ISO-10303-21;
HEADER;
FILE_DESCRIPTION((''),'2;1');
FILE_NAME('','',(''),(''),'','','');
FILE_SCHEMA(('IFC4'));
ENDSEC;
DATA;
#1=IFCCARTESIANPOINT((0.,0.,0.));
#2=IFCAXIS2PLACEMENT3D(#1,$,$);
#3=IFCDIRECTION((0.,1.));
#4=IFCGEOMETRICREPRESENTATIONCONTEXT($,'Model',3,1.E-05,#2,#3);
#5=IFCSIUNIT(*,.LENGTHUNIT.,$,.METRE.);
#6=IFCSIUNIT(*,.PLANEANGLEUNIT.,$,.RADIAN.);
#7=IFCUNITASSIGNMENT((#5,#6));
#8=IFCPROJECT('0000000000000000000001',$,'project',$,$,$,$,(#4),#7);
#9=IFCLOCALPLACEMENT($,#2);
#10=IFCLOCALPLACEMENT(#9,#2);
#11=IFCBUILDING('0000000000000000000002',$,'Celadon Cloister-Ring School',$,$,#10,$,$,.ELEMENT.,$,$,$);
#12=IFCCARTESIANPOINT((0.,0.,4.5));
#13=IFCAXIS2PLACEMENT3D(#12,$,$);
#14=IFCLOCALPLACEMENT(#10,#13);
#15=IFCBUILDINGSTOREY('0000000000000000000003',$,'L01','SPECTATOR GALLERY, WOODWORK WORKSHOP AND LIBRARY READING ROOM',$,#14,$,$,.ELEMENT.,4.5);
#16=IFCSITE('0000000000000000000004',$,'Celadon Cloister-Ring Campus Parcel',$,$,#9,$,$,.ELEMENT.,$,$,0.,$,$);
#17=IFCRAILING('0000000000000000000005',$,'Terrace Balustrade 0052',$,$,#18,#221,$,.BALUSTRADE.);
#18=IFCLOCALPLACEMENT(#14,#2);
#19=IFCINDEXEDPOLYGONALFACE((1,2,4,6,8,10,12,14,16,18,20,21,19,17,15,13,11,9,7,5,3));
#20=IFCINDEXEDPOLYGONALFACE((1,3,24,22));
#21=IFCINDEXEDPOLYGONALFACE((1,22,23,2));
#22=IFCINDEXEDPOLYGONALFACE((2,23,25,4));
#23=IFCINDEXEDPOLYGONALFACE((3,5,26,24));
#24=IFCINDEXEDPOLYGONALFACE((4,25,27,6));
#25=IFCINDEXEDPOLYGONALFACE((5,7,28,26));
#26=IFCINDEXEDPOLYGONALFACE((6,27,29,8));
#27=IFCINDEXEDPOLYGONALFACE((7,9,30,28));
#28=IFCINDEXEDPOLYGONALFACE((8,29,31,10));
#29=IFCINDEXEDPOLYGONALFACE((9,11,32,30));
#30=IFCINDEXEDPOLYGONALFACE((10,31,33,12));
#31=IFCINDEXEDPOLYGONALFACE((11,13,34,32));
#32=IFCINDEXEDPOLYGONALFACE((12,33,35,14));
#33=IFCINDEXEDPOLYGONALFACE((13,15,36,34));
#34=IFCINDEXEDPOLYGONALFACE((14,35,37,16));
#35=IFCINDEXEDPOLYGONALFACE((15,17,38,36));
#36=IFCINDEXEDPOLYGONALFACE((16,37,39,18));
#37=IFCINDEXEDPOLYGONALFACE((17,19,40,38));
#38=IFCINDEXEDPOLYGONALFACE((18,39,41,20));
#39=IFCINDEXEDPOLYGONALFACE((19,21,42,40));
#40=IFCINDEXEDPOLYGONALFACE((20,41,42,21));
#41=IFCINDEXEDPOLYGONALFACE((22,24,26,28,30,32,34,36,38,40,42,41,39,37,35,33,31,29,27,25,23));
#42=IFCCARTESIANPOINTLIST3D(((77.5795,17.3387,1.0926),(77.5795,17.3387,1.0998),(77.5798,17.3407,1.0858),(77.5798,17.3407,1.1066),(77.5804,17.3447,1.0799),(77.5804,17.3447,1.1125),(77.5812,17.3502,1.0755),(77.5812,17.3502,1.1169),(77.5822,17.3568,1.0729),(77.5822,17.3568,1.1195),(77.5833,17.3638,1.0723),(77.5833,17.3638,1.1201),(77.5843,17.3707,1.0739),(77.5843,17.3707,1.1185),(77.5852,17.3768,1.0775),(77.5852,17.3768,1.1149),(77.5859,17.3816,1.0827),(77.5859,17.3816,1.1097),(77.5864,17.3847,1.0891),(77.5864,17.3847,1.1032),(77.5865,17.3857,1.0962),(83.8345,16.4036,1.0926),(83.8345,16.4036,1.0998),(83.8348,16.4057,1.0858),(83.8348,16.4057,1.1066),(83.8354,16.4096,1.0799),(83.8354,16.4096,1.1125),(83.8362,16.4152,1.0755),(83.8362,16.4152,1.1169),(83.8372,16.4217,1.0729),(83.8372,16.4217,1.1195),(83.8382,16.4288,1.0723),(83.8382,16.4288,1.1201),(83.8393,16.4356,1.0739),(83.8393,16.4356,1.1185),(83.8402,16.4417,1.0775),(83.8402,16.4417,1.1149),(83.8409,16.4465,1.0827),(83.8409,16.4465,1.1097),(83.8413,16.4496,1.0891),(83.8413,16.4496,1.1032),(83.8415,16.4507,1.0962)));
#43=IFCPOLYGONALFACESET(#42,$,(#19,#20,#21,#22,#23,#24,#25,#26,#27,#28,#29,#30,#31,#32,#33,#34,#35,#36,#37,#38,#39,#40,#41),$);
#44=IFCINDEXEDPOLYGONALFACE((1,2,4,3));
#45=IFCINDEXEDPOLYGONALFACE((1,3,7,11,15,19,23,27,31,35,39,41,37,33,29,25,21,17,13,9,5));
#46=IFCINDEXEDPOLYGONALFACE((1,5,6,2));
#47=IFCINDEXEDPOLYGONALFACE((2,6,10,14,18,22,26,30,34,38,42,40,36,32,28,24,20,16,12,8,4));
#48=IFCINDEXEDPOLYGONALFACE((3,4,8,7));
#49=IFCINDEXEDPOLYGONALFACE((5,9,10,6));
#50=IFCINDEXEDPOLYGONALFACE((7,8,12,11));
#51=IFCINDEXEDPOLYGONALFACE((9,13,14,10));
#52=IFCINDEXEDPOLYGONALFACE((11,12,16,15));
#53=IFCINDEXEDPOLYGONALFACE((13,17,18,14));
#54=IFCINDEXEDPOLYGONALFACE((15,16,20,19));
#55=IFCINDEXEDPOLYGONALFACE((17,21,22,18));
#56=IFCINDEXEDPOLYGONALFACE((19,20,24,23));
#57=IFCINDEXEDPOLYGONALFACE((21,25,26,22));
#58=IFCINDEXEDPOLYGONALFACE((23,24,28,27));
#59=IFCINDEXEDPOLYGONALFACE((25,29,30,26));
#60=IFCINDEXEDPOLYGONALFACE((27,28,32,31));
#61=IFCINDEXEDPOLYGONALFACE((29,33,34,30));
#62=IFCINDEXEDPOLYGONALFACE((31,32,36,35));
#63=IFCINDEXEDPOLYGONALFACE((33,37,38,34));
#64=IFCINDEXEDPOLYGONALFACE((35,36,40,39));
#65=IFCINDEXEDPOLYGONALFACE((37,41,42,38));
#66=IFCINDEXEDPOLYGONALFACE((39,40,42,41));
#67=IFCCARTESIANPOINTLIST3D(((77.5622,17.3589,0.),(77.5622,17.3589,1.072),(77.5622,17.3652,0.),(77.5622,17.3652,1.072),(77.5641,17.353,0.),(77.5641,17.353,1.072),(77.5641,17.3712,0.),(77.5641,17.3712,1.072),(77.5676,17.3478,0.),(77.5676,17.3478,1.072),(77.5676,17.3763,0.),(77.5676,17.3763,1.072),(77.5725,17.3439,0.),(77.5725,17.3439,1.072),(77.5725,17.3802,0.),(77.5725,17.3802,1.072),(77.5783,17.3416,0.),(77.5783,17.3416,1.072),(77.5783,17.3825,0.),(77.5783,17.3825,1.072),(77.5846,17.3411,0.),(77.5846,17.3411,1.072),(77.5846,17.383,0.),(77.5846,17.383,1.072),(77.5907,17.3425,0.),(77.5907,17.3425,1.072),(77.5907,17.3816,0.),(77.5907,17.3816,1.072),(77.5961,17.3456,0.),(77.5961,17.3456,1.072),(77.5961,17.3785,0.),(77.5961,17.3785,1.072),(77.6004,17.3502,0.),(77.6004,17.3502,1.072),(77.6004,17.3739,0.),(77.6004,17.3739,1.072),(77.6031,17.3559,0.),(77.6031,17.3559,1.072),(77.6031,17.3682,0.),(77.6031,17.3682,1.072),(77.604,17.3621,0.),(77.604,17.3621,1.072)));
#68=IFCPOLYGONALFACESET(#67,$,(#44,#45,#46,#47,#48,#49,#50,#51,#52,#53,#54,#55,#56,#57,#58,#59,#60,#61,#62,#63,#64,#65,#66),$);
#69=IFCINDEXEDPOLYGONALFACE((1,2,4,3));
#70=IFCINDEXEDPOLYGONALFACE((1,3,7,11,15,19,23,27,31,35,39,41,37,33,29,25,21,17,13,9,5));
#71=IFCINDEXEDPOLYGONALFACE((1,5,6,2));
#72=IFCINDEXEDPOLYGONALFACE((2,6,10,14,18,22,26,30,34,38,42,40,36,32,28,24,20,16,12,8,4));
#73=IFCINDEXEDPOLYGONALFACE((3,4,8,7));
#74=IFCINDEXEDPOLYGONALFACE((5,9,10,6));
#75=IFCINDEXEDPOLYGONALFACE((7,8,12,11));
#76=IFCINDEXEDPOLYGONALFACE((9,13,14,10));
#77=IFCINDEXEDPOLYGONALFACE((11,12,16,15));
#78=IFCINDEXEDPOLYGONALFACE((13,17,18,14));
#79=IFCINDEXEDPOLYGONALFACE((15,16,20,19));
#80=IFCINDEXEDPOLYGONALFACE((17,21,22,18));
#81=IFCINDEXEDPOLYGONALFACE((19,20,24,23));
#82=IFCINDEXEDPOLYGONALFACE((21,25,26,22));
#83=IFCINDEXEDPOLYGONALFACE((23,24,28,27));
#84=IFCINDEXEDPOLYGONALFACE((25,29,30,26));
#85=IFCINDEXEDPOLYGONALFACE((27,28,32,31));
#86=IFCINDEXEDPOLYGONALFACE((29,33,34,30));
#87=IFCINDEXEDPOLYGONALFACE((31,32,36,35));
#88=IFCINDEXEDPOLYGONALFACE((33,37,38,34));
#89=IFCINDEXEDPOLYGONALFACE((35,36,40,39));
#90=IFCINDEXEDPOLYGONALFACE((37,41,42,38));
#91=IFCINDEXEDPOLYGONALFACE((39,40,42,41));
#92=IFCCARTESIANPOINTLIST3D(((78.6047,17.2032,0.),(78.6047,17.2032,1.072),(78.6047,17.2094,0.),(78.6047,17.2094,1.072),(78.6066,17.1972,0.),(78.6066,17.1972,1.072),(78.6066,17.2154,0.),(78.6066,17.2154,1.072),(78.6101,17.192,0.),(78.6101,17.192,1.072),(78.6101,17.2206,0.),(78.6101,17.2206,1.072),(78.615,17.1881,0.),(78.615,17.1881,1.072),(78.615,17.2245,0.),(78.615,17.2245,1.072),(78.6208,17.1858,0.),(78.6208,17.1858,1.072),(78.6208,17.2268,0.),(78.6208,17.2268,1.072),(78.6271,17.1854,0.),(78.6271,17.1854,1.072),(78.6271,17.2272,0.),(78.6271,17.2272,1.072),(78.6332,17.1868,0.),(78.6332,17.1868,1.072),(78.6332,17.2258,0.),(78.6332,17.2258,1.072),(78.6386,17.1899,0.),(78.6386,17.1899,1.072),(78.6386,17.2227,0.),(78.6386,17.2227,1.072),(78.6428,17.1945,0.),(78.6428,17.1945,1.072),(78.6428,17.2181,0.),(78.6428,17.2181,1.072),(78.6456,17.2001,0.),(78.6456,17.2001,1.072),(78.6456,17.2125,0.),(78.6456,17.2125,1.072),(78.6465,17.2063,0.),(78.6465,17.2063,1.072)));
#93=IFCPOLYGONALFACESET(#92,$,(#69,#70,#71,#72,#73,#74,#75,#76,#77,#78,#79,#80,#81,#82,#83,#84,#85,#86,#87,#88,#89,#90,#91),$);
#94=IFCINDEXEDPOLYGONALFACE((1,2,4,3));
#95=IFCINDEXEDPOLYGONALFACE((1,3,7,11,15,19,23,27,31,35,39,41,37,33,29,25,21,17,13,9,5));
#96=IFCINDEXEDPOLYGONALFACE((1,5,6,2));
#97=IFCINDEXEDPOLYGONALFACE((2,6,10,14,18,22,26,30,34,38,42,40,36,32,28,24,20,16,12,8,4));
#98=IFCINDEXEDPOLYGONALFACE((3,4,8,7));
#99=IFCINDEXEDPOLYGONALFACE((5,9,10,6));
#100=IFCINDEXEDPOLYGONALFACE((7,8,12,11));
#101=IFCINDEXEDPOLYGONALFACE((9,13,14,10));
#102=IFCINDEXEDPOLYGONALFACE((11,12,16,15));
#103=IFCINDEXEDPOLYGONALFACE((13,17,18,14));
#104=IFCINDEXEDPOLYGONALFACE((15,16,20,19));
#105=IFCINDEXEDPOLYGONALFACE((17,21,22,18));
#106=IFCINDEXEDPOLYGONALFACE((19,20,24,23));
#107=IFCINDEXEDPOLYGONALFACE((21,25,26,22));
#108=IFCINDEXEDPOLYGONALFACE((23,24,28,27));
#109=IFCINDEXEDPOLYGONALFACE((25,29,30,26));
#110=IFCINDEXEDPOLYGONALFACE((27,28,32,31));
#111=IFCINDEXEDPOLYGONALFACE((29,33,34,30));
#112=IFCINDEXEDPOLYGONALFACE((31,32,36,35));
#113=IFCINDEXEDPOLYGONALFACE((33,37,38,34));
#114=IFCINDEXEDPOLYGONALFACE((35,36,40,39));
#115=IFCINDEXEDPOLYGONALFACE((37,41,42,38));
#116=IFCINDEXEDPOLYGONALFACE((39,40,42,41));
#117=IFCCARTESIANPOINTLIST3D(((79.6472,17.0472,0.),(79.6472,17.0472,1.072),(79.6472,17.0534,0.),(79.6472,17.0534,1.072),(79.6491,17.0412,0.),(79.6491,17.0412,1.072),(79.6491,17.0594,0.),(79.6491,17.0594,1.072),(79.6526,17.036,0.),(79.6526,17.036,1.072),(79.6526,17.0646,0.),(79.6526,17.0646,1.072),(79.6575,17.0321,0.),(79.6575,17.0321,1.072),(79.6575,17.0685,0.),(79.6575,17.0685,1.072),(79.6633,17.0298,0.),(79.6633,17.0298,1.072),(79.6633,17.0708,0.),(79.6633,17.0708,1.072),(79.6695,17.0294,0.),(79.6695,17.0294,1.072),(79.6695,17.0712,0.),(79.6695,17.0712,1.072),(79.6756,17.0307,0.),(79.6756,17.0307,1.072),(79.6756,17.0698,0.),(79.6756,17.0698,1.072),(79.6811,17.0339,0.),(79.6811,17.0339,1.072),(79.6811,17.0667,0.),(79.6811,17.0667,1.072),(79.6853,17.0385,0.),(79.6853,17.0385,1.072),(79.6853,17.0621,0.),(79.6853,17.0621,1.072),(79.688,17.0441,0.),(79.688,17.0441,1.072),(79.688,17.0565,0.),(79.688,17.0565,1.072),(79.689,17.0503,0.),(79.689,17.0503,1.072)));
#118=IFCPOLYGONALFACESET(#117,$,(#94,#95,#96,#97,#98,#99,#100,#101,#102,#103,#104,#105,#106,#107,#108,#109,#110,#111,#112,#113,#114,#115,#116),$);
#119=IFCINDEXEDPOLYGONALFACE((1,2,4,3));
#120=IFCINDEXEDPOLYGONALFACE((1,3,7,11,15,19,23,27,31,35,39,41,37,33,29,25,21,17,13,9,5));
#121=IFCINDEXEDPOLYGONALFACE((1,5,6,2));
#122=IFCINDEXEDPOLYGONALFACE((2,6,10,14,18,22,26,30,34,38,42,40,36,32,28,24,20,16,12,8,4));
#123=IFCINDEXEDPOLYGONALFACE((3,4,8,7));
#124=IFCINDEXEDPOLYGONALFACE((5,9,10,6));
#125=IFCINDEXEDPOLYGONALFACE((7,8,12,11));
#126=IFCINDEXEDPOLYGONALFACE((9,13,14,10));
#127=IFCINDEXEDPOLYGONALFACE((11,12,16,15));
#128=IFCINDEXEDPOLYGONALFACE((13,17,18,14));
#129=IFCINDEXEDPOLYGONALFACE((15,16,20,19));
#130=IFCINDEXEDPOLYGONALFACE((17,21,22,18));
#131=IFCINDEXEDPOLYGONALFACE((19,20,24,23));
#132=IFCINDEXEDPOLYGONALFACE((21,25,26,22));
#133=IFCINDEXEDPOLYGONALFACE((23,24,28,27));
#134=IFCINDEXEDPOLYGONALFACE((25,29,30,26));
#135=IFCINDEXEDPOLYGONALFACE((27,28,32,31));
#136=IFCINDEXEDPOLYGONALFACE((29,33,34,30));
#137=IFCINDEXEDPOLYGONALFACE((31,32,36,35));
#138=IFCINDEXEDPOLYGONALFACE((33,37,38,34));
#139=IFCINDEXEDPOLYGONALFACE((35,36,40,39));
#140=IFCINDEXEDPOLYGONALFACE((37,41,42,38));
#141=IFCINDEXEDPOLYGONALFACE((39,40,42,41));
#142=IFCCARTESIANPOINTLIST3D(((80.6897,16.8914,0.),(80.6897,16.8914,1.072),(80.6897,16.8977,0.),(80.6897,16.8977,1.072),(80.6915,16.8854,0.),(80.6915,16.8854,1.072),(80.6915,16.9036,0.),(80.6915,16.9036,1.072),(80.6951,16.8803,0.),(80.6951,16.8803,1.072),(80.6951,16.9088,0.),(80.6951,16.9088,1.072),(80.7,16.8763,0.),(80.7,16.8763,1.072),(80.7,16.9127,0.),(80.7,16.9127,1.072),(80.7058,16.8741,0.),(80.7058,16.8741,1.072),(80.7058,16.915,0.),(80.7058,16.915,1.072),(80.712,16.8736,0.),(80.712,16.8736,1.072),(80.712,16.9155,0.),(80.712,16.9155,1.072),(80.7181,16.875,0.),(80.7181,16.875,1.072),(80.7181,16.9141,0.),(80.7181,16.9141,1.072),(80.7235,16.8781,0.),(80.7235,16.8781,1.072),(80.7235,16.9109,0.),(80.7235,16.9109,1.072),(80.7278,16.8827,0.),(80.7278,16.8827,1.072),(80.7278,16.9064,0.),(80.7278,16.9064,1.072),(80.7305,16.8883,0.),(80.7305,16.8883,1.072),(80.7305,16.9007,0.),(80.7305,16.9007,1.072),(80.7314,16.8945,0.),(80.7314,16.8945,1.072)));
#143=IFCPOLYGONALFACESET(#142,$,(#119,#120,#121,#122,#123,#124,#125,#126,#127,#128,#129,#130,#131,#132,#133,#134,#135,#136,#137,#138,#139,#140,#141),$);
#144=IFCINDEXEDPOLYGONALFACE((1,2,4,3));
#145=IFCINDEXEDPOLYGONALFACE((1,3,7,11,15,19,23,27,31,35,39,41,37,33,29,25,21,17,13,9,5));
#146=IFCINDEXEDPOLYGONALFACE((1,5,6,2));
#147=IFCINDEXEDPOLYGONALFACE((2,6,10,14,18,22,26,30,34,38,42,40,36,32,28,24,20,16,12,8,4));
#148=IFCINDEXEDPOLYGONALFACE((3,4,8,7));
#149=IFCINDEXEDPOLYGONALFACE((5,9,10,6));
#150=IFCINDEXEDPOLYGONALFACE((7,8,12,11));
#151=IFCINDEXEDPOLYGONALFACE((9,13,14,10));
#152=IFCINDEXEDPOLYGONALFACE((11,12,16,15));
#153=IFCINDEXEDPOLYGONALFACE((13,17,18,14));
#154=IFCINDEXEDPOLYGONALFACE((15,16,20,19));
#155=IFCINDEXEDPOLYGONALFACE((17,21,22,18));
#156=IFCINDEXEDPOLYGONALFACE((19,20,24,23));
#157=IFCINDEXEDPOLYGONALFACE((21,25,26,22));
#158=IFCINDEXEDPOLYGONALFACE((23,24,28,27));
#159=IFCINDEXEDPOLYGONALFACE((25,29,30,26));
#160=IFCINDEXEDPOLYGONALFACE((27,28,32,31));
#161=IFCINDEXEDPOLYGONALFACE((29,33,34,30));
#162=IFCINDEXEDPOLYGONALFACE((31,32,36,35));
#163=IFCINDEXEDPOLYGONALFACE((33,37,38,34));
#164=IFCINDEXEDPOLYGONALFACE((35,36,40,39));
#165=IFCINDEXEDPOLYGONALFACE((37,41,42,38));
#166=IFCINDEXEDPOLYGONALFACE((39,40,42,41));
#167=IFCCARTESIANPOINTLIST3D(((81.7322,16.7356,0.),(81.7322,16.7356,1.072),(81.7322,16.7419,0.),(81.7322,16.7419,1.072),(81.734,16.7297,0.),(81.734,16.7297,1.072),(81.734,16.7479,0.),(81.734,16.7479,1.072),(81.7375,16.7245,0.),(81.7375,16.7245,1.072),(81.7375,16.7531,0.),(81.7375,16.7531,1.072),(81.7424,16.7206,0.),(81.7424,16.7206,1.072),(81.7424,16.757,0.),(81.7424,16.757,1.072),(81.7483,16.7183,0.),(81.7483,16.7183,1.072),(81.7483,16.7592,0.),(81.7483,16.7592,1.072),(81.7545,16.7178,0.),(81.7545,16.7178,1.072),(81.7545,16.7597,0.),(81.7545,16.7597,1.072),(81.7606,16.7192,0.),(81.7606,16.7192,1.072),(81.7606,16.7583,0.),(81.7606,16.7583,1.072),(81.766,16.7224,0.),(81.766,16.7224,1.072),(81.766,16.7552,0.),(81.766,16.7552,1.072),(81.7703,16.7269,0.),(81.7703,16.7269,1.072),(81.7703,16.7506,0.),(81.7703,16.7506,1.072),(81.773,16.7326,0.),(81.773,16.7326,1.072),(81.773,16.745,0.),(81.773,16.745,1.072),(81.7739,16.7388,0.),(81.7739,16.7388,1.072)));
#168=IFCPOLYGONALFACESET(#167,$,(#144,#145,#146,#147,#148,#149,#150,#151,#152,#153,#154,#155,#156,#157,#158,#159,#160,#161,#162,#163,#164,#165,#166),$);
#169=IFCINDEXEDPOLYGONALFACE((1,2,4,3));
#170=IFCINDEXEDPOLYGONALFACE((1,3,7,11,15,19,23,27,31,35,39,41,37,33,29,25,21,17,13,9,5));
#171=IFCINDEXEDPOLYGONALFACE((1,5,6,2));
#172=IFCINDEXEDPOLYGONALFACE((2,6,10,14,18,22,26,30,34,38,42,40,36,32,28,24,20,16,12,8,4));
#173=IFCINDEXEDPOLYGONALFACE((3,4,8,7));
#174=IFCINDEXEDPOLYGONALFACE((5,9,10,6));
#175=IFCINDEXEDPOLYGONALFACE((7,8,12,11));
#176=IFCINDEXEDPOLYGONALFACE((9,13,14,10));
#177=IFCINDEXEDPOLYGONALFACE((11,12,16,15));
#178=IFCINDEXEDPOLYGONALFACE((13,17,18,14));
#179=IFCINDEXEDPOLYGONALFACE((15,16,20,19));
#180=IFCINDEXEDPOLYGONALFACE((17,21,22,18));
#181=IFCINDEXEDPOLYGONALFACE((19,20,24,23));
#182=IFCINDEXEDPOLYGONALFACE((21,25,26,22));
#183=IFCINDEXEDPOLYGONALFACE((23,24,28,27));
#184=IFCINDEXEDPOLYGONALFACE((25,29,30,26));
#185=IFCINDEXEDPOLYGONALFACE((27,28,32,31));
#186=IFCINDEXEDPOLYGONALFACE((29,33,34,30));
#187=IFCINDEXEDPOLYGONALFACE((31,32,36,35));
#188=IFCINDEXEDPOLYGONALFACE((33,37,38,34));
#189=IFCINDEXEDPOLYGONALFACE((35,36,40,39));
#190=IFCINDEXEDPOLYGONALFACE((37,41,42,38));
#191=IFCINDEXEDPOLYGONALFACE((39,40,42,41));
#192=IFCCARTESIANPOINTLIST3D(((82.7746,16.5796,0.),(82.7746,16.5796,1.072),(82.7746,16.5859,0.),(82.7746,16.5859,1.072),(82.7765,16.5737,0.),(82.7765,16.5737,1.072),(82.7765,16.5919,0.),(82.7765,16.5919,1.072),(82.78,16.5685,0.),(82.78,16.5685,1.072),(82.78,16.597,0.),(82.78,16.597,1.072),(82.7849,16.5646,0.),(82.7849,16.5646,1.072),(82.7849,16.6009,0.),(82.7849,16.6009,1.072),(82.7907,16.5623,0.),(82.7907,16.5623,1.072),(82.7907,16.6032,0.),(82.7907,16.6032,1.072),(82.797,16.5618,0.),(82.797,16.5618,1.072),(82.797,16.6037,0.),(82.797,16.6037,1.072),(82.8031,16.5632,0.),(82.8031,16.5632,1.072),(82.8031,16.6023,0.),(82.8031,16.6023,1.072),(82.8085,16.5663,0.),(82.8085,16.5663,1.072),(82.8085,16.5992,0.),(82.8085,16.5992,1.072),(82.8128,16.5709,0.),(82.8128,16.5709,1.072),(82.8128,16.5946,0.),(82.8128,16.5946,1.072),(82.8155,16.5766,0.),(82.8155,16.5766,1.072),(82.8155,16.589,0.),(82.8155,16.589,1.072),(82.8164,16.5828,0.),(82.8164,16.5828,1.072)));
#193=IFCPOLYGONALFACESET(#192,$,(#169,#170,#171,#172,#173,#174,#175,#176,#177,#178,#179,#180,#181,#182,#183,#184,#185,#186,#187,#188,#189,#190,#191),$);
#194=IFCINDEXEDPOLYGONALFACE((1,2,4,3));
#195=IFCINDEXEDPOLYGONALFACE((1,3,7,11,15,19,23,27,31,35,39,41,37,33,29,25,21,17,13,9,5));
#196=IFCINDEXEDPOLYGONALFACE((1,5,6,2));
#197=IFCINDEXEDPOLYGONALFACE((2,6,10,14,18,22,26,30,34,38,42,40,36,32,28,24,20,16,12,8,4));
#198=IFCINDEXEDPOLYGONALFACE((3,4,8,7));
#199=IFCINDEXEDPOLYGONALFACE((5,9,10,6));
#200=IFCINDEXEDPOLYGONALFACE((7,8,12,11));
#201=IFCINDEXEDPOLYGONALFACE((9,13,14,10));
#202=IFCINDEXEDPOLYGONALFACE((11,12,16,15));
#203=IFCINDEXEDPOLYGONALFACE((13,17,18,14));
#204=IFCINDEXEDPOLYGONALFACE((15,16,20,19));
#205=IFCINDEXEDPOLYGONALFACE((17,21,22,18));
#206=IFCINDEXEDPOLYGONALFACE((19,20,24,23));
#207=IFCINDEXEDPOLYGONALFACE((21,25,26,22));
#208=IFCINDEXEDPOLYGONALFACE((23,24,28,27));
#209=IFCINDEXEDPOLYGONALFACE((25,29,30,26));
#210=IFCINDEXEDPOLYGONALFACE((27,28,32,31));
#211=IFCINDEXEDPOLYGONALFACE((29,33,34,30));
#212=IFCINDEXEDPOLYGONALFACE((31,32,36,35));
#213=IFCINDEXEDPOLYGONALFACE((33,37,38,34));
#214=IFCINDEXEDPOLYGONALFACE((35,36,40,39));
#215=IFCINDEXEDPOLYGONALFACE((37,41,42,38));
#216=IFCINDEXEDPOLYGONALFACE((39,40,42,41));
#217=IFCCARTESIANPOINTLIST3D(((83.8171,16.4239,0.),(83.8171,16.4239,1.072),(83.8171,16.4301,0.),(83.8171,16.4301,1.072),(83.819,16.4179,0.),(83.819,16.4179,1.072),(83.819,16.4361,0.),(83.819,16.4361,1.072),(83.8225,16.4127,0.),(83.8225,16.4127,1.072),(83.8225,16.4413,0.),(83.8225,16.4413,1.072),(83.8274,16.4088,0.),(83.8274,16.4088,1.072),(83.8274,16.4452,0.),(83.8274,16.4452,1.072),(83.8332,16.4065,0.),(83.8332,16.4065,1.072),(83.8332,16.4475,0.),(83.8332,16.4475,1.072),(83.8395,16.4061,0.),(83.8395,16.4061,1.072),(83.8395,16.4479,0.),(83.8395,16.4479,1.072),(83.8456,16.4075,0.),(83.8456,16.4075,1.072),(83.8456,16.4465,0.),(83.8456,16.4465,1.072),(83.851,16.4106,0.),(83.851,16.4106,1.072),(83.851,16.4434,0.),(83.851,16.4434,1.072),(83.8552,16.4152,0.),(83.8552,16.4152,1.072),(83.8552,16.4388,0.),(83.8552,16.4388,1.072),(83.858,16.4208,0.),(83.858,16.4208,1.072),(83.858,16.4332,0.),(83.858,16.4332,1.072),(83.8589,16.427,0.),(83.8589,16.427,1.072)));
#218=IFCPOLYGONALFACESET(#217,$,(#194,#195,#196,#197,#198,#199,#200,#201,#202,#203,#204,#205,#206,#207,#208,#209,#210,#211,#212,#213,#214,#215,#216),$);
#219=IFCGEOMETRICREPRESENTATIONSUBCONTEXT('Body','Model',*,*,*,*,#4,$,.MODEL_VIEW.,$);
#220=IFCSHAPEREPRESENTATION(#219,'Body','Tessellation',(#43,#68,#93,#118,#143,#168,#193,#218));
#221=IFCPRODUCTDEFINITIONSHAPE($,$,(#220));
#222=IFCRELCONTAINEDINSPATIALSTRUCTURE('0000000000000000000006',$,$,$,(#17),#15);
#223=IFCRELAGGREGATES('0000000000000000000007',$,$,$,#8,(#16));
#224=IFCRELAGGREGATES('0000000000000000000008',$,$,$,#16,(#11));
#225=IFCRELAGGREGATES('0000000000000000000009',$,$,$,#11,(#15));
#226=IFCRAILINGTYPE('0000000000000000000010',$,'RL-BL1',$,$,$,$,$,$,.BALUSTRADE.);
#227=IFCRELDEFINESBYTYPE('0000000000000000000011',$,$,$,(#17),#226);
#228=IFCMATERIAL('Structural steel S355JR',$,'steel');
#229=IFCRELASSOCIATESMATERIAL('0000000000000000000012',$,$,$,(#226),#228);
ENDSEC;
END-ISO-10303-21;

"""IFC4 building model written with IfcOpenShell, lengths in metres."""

from ifc_helpers import new_model, si_unit, direction, frame, origin, origin_2d, place, context, subcontext, project, spatial, circle, extrude, material, type_object, element, save


model = new_model("IFC4")

# Units and contexts
model_context = context("Model", 3, precision=1e-05, world=origin(), true_north=direction((0.0, 1.0)))
body_context = subcontext(model_context, "Body", "Model", "MODEL_VIEW")
ifc_project = project(units=[si_unit("LENGTHUNIT", "METRE"), si_unit("PLANEANGLEUNIT", "RADIAN")], contexts=[model_context])

# Site, building, storey
site_placement = place(None, origin())
site = spatial("IfcSite", under=ifc_project, at=site_placement, Name="Celadon Cloister-Ring Campus Parcel", CompositionType="ELEMENT", RefElevation=0.0)
building_placement = place(site_placement, origin())
building = spatial("IfcBuilding", under=site, at=building_placement, Name="Celadon Cloister-Ring School", CompositionType="ELEMENT")
storey_placement = place(building_placement, frame((0.0, 0.0, 4.5)))
storey = spatial("IfcBuildingStorey", under=building, at=storey_placement, Name="L01", Description="SPECTATOR GALLERY, WOODWORK WORKSHOP AND LIBRARY READING ROOM", CompositionType="ELEMENT", Elevation=4.5)

# Railing
ifc_material_1 = material(Name="Structural steel S355JR", Category="steel")
railing_type = type_object("IfcRailingType", Name="RL-BL1", PredefinedType="BALUSTRADE", material=ifc_material_1)
railing_1_placement = place(storey_placement, frame((77.583, 17.3621, 0.0)))
element("IfcRailing", 1, at=railing_1_placement, inside=storey, type_object=railing_type, Name="Terrace Balustrade 0052", PredefinedType="BALUSTRADE", context=body_context, shape_type="SweptSolid", body=[
    extrude(circle(Radius=0.0239, at=origin_2d()), frame((0.0, 0.0, 1.0962), z_axis=(0.98901, -0.14785, 0.0), x_axis=(0.14785, 0.98901, 0.0)), (0.0, 0.0, 1.0), 6.3245),
    extrude(circle(Radius=0.021, at=origin_2d()), origin(), (0.0, 0.0, 1.0), 1.072),
    extrude(circle(Radius=0.021, at=origin_2d()), frame((1.0425, -0.1558, 0.0)), (0.0, 0.0, 1.0), 1.072),
    extrude(circle(Radius=0.021, at=origin_2d()), frame((2.085, -0.3118, 0.0)), (0.0, 0.0, 1.0), 1.072),
    extrude(circle(Radius=0.021, at=origin_2d()), frame((3.1274, -0.4675, 0.0)), (0.0, 0.0, 1.0), 1.072),
    extrude(circle(Radius=0.021, at=origin_2d()), frame((4.1699, -0.6233, 0.0)), (0.0, 0.0, 1.0), 1.072),
    extrude(circle(Radius=0.021, at=origin_2d()), frame((5.2124, -0.7793, 0.0)), (0.0, 0.0, 1.0), 1.072),
    extrude(circle(Radius=0.021, at=origin_2d()), frame((6.2549, -0.9351, 0.0)), (0.0, 0.0, 1.0), 1.072),
])

save(model, "model.ifc")
